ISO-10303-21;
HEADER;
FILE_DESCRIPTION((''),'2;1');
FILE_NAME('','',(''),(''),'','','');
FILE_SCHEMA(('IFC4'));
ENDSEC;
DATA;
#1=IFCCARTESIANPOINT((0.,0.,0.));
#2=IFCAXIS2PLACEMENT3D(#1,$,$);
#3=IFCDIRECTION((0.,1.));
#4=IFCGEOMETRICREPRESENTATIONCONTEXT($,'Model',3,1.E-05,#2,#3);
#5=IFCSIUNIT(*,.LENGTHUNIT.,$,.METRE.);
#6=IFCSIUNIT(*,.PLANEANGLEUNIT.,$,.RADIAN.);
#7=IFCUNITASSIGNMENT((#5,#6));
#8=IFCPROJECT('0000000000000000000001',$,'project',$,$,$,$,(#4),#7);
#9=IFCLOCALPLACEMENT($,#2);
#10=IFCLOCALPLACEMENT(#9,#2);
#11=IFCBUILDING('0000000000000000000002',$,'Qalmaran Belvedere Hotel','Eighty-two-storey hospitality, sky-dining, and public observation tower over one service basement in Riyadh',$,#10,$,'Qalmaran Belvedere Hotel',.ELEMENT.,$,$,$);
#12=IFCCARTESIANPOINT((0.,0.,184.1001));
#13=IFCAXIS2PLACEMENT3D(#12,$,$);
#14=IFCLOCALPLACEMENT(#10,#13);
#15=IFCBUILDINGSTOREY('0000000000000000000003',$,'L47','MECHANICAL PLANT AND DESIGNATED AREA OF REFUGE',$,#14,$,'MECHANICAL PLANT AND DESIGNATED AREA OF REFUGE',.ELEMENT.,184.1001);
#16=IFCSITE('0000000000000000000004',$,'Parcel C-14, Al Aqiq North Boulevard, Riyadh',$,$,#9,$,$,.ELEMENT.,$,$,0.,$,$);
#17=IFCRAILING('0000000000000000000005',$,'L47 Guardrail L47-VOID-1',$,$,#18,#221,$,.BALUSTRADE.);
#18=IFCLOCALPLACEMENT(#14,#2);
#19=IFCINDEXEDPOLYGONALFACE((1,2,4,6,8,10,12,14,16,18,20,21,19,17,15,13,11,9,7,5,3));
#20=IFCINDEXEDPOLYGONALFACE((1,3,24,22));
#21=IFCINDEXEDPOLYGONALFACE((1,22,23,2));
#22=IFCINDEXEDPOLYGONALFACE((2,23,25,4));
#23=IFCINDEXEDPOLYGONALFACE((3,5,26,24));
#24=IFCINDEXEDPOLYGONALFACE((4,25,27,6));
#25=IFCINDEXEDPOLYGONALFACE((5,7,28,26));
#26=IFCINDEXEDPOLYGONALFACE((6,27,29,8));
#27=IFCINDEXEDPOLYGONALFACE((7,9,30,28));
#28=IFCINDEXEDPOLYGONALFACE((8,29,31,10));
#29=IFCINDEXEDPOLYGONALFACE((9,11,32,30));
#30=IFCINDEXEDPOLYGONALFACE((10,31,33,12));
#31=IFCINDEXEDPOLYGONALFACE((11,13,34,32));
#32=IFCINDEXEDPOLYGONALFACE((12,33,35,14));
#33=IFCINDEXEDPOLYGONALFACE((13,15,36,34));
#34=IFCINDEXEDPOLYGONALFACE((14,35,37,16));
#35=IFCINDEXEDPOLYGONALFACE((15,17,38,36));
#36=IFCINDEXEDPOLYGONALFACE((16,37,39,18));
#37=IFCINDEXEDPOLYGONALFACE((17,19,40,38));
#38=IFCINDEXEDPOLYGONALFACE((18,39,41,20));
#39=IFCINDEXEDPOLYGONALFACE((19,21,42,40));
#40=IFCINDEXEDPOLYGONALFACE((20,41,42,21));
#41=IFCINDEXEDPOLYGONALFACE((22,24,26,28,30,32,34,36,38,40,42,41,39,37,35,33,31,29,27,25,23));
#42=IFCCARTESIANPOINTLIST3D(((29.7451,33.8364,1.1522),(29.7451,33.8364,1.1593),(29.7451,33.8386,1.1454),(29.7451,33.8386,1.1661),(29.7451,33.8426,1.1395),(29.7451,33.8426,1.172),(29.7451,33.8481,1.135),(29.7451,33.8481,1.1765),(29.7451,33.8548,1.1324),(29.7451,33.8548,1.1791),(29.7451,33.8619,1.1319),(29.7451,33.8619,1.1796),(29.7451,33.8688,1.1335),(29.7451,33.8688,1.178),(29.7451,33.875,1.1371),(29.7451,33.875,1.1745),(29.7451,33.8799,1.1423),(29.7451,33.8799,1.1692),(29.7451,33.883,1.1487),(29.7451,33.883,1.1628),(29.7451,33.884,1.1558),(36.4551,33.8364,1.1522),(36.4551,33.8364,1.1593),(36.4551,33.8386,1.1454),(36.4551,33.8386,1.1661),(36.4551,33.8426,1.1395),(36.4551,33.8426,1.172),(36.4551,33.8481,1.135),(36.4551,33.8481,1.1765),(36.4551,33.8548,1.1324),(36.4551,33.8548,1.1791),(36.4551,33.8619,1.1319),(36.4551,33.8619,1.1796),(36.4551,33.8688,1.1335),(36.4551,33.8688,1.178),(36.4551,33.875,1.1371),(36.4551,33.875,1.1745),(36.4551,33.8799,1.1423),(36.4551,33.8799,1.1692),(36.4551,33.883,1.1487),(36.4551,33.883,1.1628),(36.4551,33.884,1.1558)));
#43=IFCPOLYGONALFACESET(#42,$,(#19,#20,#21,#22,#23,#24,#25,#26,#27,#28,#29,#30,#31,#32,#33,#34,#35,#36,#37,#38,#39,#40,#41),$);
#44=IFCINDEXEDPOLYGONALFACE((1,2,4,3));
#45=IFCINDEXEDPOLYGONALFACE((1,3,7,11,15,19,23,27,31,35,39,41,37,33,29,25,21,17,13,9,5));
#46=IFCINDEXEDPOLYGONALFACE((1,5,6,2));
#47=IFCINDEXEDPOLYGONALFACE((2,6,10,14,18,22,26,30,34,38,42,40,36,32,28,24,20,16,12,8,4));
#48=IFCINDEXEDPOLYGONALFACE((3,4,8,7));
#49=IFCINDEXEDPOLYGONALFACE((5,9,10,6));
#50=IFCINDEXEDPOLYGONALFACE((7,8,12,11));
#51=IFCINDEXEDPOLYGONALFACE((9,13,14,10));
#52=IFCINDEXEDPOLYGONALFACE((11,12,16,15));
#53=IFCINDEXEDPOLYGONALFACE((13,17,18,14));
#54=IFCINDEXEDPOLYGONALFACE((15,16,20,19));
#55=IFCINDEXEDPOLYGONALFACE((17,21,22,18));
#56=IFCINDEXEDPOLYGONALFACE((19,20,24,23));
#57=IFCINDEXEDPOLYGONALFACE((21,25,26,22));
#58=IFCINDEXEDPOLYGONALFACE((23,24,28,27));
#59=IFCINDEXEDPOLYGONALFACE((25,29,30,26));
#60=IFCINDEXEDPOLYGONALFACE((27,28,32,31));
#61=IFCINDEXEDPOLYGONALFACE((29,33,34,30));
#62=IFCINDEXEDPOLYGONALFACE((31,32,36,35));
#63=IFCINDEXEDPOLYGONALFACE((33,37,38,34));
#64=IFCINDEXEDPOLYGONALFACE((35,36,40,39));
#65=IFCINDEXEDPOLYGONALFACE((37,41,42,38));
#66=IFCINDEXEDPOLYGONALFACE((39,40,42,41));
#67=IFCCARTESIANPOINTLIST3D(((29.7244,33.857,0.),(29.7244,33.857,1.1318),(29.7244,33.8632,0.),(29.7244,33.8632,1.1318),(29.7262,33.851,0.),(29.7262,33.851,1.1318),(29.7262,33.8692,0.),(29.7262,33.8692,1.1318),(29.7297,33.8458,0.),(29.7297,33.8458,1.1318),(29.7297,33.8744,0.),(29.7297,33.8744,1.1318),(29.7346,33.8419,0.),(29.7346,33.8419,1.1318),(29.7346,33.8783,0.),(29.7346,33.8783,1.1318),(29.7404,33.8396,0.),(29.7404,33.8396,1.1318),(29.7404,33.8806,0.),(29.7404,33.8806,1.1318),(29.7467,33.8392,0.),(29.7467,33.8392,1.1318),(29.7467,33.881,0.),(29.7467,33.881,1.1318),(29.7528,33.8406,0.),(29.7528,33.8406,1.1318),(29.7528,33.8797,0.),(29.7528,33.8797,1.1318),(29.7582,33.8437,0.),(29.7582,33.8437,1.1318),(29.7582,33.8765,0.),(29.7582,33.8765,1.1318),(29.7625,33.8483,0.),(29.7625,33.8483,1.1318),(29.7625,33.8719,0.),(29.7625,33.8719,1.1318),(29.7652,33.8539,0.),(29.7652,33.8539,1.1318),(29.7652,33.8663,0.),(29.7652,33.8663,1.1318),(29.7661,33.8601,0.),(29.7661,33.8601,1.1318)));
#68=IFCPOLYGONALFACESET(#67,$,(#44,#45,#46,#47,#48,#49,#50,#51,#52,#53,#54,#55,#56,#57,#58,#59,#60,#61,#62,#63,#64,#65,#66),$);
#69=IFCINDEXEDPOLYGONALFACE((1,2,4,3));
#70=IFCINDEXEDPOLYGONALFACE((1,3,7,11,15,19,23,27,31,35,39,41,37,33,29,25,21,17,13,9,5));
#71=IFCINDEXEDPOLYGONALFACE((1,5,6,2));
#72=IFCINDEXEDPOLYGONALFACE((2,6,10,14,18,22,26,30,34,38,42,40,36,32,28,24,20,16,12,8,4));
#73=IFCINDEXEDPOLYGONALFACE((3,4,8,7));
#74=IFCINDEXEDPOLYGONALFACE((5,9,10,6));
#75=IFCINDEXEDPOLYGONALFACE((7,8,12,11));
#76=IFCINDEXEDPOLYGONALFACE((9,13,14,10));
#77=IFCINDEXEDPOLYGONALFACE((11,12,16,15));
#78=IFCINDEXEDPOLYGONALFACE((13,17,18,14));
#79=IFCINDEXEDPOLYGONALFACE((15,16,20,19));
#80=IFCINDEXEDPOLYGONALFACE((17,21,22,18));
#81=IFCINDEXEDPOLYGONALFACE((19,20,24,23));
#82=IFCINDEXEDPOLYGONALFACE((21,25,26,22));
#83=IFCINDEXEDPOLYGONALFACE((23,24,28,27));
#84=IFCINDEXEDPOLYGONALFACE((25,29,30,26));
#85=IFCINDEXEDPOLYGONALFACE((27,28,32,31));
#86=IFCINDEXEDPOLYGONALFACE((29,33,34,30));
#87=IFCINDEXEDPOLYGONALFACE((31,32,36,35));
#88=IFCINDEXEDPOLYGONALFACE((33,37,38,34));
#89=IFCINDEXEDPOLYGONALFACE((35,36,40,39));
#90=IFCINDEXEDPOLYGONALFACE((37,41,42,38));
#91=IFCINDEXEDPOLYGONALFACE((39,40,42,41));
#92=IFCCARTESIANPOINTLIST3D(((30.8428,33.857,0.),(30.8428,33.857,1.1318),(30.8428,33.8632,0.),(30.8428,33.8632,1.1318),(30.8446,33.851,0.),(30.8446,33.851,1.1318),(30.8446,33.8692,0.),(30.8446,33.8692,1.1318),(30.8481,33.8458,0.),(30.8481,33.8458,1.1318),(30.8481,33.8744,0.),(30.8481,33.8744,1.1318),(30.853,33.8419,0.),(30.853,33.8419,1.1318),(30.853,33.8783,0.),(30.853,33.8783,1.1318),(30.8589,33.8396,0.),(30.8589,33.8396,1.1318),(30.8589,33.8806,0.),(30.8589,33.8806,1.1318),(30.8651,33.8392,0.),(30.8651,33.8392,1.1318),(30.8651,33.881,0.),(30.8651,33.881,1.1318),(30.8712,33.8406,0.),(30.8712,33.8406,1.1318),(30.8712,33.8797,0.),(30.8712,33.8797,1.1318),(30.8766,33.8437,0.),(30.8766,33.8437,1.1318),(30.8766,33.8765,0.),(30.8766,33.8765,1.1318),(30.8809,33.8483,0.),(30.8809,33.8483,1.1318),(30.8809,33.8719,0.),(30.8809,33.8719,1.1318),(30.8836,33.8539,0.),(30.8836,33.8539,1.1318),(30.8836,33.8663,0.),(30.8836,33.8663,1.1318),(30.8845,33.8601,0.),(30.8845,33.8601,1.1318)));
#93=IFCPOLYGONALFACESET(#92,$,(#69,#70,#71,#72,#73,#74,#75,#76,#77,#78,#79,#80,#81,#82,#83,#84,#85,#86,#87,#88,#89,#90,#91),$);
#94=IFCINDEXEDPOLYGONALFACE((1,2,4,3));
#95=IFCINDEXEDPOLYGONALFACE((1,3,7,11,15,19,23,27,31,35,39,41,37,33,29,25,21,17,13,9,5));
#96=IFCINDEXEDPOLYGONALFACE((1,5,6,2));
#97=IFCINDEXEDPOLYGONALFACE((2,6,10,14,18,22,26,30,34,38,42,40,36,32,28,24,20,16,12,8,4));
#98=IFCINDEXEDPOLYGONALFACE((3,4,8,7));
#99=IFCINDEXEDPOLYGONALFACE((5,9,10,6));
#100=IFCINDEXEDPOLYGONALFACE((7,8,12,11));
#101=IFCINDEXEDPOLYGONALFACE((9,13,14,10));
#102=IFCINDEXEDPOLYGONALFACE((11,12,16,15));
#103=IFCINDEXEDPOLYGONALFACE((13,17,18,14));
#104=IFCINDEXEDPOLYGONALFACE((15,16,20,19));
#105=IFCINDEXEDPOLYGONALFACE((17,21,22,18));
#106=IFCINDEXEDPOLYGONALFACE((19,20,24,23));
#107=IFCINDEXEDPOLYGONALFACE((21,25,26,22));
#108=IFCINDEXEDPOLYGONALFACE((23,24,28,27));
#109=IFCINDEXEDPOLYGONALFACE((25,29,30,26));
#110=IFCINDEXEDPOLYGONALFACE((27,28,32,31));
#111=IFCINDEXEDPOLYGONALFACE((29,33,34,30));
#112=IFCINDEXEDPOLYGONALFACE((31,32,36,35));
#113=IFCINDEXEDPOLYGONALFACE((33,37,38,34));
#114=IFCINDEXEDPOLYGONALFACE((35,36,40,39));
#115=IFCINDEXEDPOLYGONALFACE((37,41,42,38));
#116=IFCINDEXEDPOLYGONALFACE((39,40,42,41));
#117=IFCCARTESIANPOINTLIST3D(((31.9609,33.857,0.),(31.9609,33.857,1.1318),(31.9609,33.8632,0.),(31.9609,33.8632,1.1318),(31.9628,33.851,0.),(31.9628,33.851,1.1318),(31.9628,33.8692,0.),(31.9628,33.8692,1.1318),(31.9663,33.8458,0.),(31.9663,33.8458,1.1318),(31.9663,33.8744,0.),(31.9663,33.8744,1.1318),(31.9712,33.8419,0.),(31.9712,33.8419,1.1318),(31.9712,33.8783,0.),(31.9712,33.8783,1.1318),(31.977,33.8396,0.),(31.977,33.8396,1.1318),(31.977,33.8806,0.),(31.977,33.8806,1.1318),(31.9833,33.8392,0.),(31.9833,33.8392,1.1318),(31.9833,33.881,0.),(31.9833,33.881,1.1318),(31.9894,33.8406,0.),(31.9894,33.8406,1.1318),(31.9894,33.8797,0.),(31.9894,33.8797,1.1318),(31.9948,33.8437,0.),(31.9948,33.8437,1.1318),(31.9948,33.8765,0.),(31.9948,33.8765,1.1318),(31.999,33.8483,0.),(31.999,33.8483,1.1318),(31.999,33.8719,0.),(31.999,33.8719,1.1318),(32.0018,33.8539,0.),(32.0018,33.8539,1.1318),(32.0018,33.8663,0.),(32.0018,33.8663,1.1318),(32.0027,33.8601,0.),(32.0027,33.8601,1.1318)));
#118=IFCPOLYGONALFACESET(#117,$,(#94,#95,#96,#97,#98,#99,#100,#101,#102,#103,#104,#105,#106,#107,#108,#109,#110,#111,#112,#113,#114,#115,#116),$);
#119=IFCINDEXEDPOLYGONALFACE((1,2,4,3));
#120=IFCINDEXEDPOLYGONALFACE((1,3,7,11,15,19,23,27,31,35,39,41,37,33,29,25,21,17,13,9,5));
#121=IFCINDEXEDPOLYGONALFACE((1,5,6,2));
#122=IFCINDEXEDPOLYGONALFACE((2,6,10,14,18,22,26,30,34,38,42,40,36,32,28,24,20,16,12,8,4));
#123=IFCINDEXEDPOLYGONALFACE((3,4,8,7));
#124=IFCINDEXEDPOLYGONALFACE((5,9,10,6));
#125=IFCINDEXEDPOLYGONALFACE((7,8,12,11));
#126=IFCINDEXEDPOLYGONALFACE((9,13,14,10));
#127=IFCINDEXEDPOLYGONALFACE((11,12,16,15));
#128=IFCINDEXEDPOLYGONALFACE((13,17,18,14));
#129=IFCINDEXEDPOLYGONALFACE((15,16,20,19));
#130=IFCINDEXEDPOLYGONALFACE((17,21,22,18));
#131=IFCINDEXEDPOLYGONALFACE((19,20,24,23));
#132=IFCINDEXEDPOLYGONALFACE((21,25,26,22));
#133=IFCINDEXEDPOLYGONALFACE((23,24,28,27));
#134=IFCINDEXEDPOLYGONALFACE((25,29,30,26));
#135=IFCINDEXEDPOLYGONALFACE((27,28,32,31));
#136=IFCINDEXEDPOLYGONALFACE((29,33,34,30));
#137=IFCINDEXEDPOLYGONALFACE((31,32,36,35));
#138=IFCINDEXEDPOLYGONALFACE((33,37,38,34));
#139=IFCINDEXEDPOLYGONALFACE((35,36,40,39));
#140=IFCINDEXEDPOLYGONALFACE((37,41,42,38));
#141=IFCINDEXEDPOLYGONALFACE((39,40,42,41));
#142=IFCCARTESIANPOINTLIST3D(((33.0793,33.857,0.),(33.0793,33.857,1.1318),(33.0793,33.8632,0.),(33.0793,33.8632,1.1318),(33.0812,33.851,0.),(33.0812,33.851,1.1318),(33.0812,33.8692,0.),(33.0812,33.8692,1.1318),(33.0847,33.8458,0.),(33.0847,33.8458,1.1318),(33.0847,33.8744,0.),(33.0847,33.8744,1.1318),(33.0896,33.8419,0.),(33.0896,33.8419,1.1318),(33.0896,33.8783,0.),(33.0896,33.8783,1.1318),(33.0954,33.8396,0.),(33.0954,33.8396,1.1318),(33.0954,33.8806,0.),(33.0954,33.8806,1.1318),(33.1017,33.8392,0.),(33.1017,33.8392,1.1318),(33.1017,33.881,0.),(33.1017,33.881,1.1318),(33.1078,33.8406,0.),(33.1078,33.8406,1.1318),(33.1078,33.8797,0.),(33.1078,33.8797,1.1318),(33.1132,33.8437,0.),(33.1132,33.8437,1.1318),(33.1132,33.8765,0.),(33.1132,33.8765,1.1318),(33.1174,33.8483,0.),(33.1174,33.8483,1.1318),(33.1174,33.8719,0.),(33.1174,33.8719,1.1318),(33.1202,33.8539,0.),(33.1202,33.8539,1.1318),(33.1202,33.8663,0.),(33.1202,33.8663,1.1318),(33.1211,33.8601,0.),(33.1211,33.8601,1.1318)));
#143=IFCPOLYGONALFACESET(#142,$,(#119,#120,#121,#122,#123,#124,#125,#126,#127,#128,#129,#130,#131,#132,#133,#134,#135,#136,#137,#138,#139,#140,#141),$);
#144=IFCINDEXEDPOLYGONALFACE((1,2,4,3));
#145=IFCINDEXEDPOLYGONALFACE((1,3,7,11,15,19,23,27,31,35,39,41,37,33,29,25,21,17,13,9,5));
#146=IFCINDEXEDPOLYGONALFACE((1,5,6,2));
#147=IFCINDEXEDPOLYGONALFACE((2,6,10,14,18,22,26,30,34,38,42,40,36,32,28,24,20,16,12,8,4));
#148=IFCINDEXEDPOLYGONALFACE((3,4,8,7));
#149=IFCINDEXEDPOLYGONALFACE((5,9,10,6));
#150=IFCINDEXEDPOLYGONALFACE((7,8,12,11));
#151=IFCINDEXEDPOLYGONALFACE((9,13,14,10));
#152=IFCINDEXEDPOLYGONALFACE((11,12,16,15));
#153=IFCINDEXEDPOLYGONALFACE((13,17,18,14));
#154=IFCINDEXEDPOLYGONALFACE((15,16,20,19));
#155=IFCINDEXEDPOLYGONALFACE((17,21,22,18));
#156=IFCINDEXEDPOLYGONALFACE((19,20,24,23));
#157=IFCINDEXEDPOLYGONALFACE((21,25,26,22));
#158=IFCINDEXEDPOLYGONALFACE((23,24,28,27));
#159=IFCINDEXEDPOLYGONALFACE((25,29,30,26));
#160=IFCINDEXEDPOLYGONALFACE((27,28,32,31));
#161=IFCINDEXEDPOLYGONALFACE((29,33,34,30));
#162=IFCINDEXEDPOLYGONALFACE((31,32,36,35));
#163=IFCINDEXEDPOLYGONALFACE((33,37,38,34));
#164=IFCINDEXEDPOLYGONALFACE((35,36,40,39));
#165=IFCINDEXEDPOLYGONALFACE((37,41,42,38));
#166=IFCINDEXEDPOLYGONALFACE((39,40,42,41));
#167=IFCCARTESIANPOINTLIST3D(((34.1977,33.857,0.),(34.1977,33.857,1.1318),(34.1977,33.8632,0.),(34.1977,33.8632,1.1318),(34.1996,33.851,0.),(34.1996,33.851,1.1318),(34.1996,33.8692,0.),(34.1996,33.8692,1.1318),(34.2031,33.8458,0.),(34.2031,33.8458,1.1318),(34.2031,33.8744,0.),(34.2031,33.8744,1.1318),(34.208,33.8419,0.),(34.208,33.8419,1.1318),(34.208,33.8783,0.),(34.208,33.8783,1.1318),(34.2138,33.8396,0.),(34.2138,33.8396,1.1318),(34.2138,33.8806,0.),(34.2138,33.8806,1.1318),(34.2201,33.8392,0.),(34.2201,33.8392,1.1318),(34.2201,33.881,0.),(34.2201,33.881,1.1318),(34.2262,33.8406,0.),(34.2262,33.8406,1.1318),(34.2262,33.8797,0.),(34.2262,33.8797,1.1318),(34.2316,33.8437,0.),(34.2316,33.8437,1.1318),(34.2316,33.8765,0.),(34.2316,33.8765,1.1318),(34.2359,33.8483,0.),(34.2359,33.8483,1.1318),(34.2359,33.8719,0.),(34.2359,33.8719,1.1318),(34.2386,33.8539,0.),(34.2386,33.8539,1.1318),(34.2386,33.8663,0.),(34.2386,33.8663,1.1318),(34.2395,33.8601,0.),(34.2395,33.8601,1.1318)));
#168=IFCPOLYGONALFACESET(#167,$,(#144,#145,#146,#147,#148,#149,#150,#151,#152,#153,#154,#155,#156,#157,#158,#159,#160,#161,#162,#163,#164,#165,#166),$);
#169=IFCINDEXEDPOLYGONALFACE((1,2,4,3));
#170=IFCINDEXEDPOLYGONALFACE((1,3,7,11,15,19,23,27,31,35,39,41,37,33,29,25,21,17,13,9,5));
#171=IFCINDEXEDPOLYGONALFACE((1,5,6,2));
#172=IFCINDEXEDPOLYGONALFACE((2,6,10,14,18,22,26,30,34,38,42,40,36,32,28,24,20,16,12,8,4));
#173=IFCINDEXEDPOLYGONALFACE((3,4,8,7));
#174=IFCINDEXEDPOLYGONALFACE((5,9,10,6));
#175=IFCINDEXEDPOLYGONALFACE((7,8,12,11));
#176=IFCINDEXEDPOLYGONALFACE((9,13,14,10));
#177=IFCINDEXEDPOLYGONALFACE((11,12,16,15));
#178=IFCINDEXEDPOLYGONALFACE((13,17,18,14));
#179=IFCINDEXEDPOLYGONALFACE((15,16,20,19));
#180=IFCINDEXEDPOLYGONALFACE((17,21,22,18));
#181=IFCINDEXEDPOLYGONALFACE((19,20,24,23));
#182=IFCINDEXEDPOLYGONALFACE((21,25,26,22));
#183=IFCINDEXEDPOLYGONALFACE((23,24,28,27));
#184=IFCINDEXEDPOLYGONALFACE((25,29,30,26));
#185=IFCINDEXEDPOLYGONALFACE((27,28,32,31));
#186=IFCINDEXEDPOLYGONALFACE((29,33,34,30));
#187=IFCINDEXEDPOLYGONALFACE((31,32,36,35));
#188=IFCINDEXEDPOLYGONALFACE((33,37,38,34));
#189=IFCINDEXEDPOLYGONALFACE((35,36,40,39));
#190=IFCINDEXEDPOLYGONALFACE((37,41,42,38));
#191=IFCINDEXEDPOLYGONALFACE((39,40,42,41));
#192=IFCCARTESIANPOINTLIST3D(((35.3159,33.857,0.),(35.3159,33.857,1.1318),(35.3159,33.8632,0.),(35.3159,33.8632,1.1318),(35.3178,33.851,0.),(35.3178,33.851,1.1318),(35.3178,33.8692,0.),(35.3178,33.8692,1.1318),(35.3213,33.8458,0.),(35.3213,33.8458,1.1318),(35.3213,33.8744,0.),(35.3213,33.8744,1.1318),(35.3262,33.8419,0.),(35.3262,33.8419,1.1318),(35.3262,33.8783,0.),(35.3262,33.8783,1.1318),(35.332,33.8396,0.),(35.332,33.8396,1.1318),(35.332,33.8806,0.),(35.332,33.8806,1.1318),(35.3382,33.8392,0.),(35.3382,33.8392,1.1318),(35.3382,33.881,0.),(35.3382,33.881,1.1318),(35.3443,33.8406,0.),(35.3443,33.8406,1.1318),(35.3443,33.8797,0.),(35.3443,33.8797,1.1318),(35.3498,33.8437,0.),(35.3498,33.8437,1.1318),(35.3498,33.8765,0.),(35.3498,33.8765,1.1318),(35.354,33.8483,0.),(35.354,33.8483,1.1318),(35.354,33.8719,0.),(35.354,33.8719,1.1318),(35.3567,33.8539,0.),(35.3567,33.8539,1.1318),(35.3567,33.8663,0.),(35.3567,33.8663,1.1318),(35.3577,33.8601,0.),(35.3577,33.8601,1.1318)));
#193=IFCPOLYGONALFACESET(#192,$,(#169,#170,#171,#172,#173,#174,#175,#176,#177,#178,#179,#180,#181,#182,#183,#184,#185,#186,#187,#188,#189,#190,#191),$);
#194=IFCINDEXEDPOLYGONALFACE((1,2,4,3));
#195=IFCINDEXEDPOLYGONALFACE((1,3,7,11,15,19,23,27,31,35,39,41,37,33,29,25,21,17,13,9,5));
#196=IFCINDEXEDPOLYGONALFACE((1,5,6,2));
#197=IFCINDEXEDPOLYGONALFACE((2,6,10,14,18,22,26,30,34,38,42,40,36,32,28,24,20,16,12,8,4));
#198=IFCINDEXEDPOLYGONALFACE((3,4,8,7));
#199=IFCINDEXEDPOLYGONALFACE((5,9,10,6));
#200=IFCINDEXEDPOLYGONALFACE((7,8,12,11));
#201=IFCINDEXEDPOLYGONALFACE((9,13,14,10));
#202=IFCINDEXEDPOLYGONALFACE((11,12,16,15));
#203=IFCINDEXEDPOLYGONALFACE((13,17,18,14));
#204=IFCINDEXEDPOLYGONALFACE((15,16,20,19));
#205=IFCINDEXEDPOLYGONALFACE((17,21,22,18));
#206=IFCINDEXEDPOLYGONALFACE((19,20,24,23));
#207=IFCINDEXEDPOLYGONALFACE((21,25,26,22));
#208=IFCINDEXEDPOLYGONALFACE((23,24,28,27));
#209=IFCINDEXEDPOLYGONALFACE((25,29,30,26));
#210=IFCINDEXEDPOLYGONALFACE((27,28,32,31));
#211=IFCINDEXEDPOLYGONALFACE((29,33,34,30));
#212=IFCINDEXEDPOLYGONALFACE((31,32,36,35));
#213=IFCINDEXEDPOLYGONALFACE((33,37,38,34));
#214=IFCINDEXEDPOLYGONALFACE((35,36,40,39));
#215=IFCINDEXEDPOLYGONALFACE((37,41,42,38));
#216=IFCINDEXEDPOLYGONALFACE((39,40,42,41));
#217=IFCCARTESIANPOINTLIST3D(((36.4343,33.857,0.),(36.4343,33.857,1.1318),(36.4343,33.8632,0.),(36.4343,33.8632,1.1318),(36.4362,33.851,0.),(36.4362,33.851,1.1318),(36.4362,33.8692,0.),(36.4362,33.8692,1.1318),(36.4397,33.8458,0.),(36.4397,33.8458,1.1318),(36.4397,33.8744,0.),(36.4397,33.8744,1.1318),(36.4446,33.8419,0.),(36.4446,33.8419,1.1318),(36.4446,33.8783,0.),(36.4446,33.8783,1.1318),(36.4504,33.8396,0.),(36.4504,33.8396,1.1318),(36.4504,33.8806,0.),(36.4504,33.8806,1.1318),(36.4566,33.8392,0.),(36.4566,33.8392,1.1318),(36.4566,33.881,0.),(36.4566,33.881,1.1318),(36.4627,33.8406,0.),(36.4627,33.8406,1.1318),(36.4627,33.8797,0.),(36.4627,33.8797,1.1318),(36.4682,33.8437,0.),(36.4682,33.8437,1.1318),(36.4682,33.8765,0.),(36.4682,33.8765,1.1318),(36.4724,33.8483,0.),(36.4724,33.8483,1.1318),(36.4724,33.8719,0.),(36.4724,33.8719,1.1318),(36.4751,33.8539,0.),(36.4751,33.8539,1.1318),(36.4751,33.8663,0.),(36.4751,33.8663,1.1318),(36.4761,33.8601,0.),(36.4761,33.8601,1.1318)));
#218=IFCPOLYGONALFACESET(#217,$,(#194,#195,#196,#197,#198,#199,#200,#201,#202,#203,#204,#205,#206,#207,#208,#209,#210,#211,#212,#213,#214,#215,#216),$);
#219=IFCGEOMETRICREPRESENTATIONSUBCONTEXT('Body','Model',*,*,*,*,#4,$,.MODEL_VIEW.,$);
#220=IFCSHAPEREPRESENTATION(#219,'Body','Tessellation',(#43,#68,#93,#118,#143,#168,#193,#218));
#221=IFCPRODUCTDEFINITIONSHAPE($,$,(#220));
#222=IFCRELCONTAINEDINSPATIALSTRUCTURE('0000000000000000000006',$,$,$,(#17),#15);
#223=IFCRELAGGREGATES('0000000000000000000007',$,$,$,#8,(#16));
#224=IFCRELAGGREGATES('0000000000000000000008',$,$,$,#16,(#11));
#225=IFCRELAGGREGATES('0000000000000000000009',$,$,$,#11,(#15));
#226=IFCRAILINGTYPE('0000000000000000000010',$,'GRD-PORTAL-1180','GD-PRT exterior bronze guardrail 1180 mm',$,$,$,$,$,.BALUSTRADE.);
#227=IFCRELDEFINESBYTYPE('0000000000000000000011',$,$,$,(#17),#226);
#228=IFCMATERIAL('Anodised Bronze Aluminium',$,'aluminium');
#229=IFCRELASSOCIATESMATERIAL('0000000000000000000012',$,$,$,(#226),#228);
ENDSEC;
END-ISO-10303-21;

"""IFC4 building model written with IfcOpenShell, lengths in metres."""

from ifc_helpers import new_model, si_unit, direction, frame, origin, origin_2d, place, context, subcontext, project, spatial, circle, extrude, material, type_object, element, save


model = new_model("IFC4")

# Units and contexts
model_context = context("Model", 3, precision=1e-05, world=origin(), true_north=direction((0.0, 1.0)))
body_context = subcontext(model_context, "Body", "Model", "MODEL_VIEW")
ifc_project = project(units=[si_unit("LENGTHUNIT", "METRE"), si_unit("PLANEANGLEUNIT", "RADIAN")], contexts=[model_context])

# Site, building, storey
site_placement = place(None, origin())
site = spatial("IfcSite", under=ifc_project, at=site_placement, Name="Parcel C-14, Al Aqiq North Boulevard, Riyadh", CompositionType="ELEMENT", RefElevation=0.0)
building_placement = place(site_placement, origin())
building = spatial("IfcBuilding", under=site, at=building_placement, Name="Qalmaran Belvedere Hotel", Description="Eighty-two-storey hospitality, sky-dining, and public observation tower over one service basement in Riyadh", LongName="Qalmaran Belvedere Hotel", CompositionType="ELEMENT")
storey_placement = place(building_placement, frame((0.0, 0.0, 184.1001)))
storey = spatial("IfcBuildingStorey", under=building, at=storey_placement, Name="L47", Description="MECHANICAL PLANT AND DESIGNATED AREA OF REFUGE", LongName="MECHANICAL PLANT AND DESIGNATED AREA OF REFUGE", CompositionType="ELEMENT", Elevation=184.1001)

# Railing
ifc_material_1 = material(Name="Anodised Bronze Aluminium", Category="aluminium")
railing_type = type_object("IfcRailingType", Name="GRD-PORTAL-1180", Description="GD-PRT exterior bronze guardrail 1180 mm", PredefinedType="BALUSTRADE", material=ifc_material_1)
railing_1_placement = place(storey_placement, frame((29.7451, 33.8601, 0.0)))
element("IfcRailing", 1, at=railing_1_placement, inside=storey, type_object=railing_type, Name="L47 Guardrail L47-VOID-1", PredefinedType="BALUSTRADE", context=body_context, shape_type="SweptSolid", body=[
    extrude(circle(Radius=0.0239, at=origin_2d()), frame((0.0, 0.0, 1.1558), z_axis=(1.0, 0.0, 0.0), x_axis=(0.0, 1.0, 0.0)), (0.0, 0.0, 1.0), 6.71),
    extrude(circle(Radius=0.021, at=origin_2d()), origin(), (0.0, 0.0, 1.0), 1.1318),
    extrude(circle(Radius=0.021, at=origin_2d()), frame((1.1184, 0.0, 0.0)), (0.0, 0.0, 1.0), 1.1318),
    extrude(circle(Radius=0.021, at=origin_2d()), frame((2.2366, 0.0, 0.0)), (0.0, 0.0, 1.0), 1.1318),
    extrude(circle(Radius=0.021, at=origin_2d()), frame((3.355, 0.0, 0.0)), (0.0, 0.0, 1.0), 1.1318),
    extrude(circle(Radius=0.021, at=origin_2d()), frame((4.4734, 0.0, 0.0)), (0.0, 0.0, 1.0), 1.1318),
    extrude(circle(Radius=0.021, at=origin_2d()), frame((5.5916, 0.0, 0.0)), (0.0, 0.0, 1.0), 1.1318),
    extrude(circle(Radius=0.021, at=origin_2d()), frame((6.71, 0.0, 0.0)), (0.0, 0.0, 1.0), 1.1318),
])

save(model, "model.ifc")
